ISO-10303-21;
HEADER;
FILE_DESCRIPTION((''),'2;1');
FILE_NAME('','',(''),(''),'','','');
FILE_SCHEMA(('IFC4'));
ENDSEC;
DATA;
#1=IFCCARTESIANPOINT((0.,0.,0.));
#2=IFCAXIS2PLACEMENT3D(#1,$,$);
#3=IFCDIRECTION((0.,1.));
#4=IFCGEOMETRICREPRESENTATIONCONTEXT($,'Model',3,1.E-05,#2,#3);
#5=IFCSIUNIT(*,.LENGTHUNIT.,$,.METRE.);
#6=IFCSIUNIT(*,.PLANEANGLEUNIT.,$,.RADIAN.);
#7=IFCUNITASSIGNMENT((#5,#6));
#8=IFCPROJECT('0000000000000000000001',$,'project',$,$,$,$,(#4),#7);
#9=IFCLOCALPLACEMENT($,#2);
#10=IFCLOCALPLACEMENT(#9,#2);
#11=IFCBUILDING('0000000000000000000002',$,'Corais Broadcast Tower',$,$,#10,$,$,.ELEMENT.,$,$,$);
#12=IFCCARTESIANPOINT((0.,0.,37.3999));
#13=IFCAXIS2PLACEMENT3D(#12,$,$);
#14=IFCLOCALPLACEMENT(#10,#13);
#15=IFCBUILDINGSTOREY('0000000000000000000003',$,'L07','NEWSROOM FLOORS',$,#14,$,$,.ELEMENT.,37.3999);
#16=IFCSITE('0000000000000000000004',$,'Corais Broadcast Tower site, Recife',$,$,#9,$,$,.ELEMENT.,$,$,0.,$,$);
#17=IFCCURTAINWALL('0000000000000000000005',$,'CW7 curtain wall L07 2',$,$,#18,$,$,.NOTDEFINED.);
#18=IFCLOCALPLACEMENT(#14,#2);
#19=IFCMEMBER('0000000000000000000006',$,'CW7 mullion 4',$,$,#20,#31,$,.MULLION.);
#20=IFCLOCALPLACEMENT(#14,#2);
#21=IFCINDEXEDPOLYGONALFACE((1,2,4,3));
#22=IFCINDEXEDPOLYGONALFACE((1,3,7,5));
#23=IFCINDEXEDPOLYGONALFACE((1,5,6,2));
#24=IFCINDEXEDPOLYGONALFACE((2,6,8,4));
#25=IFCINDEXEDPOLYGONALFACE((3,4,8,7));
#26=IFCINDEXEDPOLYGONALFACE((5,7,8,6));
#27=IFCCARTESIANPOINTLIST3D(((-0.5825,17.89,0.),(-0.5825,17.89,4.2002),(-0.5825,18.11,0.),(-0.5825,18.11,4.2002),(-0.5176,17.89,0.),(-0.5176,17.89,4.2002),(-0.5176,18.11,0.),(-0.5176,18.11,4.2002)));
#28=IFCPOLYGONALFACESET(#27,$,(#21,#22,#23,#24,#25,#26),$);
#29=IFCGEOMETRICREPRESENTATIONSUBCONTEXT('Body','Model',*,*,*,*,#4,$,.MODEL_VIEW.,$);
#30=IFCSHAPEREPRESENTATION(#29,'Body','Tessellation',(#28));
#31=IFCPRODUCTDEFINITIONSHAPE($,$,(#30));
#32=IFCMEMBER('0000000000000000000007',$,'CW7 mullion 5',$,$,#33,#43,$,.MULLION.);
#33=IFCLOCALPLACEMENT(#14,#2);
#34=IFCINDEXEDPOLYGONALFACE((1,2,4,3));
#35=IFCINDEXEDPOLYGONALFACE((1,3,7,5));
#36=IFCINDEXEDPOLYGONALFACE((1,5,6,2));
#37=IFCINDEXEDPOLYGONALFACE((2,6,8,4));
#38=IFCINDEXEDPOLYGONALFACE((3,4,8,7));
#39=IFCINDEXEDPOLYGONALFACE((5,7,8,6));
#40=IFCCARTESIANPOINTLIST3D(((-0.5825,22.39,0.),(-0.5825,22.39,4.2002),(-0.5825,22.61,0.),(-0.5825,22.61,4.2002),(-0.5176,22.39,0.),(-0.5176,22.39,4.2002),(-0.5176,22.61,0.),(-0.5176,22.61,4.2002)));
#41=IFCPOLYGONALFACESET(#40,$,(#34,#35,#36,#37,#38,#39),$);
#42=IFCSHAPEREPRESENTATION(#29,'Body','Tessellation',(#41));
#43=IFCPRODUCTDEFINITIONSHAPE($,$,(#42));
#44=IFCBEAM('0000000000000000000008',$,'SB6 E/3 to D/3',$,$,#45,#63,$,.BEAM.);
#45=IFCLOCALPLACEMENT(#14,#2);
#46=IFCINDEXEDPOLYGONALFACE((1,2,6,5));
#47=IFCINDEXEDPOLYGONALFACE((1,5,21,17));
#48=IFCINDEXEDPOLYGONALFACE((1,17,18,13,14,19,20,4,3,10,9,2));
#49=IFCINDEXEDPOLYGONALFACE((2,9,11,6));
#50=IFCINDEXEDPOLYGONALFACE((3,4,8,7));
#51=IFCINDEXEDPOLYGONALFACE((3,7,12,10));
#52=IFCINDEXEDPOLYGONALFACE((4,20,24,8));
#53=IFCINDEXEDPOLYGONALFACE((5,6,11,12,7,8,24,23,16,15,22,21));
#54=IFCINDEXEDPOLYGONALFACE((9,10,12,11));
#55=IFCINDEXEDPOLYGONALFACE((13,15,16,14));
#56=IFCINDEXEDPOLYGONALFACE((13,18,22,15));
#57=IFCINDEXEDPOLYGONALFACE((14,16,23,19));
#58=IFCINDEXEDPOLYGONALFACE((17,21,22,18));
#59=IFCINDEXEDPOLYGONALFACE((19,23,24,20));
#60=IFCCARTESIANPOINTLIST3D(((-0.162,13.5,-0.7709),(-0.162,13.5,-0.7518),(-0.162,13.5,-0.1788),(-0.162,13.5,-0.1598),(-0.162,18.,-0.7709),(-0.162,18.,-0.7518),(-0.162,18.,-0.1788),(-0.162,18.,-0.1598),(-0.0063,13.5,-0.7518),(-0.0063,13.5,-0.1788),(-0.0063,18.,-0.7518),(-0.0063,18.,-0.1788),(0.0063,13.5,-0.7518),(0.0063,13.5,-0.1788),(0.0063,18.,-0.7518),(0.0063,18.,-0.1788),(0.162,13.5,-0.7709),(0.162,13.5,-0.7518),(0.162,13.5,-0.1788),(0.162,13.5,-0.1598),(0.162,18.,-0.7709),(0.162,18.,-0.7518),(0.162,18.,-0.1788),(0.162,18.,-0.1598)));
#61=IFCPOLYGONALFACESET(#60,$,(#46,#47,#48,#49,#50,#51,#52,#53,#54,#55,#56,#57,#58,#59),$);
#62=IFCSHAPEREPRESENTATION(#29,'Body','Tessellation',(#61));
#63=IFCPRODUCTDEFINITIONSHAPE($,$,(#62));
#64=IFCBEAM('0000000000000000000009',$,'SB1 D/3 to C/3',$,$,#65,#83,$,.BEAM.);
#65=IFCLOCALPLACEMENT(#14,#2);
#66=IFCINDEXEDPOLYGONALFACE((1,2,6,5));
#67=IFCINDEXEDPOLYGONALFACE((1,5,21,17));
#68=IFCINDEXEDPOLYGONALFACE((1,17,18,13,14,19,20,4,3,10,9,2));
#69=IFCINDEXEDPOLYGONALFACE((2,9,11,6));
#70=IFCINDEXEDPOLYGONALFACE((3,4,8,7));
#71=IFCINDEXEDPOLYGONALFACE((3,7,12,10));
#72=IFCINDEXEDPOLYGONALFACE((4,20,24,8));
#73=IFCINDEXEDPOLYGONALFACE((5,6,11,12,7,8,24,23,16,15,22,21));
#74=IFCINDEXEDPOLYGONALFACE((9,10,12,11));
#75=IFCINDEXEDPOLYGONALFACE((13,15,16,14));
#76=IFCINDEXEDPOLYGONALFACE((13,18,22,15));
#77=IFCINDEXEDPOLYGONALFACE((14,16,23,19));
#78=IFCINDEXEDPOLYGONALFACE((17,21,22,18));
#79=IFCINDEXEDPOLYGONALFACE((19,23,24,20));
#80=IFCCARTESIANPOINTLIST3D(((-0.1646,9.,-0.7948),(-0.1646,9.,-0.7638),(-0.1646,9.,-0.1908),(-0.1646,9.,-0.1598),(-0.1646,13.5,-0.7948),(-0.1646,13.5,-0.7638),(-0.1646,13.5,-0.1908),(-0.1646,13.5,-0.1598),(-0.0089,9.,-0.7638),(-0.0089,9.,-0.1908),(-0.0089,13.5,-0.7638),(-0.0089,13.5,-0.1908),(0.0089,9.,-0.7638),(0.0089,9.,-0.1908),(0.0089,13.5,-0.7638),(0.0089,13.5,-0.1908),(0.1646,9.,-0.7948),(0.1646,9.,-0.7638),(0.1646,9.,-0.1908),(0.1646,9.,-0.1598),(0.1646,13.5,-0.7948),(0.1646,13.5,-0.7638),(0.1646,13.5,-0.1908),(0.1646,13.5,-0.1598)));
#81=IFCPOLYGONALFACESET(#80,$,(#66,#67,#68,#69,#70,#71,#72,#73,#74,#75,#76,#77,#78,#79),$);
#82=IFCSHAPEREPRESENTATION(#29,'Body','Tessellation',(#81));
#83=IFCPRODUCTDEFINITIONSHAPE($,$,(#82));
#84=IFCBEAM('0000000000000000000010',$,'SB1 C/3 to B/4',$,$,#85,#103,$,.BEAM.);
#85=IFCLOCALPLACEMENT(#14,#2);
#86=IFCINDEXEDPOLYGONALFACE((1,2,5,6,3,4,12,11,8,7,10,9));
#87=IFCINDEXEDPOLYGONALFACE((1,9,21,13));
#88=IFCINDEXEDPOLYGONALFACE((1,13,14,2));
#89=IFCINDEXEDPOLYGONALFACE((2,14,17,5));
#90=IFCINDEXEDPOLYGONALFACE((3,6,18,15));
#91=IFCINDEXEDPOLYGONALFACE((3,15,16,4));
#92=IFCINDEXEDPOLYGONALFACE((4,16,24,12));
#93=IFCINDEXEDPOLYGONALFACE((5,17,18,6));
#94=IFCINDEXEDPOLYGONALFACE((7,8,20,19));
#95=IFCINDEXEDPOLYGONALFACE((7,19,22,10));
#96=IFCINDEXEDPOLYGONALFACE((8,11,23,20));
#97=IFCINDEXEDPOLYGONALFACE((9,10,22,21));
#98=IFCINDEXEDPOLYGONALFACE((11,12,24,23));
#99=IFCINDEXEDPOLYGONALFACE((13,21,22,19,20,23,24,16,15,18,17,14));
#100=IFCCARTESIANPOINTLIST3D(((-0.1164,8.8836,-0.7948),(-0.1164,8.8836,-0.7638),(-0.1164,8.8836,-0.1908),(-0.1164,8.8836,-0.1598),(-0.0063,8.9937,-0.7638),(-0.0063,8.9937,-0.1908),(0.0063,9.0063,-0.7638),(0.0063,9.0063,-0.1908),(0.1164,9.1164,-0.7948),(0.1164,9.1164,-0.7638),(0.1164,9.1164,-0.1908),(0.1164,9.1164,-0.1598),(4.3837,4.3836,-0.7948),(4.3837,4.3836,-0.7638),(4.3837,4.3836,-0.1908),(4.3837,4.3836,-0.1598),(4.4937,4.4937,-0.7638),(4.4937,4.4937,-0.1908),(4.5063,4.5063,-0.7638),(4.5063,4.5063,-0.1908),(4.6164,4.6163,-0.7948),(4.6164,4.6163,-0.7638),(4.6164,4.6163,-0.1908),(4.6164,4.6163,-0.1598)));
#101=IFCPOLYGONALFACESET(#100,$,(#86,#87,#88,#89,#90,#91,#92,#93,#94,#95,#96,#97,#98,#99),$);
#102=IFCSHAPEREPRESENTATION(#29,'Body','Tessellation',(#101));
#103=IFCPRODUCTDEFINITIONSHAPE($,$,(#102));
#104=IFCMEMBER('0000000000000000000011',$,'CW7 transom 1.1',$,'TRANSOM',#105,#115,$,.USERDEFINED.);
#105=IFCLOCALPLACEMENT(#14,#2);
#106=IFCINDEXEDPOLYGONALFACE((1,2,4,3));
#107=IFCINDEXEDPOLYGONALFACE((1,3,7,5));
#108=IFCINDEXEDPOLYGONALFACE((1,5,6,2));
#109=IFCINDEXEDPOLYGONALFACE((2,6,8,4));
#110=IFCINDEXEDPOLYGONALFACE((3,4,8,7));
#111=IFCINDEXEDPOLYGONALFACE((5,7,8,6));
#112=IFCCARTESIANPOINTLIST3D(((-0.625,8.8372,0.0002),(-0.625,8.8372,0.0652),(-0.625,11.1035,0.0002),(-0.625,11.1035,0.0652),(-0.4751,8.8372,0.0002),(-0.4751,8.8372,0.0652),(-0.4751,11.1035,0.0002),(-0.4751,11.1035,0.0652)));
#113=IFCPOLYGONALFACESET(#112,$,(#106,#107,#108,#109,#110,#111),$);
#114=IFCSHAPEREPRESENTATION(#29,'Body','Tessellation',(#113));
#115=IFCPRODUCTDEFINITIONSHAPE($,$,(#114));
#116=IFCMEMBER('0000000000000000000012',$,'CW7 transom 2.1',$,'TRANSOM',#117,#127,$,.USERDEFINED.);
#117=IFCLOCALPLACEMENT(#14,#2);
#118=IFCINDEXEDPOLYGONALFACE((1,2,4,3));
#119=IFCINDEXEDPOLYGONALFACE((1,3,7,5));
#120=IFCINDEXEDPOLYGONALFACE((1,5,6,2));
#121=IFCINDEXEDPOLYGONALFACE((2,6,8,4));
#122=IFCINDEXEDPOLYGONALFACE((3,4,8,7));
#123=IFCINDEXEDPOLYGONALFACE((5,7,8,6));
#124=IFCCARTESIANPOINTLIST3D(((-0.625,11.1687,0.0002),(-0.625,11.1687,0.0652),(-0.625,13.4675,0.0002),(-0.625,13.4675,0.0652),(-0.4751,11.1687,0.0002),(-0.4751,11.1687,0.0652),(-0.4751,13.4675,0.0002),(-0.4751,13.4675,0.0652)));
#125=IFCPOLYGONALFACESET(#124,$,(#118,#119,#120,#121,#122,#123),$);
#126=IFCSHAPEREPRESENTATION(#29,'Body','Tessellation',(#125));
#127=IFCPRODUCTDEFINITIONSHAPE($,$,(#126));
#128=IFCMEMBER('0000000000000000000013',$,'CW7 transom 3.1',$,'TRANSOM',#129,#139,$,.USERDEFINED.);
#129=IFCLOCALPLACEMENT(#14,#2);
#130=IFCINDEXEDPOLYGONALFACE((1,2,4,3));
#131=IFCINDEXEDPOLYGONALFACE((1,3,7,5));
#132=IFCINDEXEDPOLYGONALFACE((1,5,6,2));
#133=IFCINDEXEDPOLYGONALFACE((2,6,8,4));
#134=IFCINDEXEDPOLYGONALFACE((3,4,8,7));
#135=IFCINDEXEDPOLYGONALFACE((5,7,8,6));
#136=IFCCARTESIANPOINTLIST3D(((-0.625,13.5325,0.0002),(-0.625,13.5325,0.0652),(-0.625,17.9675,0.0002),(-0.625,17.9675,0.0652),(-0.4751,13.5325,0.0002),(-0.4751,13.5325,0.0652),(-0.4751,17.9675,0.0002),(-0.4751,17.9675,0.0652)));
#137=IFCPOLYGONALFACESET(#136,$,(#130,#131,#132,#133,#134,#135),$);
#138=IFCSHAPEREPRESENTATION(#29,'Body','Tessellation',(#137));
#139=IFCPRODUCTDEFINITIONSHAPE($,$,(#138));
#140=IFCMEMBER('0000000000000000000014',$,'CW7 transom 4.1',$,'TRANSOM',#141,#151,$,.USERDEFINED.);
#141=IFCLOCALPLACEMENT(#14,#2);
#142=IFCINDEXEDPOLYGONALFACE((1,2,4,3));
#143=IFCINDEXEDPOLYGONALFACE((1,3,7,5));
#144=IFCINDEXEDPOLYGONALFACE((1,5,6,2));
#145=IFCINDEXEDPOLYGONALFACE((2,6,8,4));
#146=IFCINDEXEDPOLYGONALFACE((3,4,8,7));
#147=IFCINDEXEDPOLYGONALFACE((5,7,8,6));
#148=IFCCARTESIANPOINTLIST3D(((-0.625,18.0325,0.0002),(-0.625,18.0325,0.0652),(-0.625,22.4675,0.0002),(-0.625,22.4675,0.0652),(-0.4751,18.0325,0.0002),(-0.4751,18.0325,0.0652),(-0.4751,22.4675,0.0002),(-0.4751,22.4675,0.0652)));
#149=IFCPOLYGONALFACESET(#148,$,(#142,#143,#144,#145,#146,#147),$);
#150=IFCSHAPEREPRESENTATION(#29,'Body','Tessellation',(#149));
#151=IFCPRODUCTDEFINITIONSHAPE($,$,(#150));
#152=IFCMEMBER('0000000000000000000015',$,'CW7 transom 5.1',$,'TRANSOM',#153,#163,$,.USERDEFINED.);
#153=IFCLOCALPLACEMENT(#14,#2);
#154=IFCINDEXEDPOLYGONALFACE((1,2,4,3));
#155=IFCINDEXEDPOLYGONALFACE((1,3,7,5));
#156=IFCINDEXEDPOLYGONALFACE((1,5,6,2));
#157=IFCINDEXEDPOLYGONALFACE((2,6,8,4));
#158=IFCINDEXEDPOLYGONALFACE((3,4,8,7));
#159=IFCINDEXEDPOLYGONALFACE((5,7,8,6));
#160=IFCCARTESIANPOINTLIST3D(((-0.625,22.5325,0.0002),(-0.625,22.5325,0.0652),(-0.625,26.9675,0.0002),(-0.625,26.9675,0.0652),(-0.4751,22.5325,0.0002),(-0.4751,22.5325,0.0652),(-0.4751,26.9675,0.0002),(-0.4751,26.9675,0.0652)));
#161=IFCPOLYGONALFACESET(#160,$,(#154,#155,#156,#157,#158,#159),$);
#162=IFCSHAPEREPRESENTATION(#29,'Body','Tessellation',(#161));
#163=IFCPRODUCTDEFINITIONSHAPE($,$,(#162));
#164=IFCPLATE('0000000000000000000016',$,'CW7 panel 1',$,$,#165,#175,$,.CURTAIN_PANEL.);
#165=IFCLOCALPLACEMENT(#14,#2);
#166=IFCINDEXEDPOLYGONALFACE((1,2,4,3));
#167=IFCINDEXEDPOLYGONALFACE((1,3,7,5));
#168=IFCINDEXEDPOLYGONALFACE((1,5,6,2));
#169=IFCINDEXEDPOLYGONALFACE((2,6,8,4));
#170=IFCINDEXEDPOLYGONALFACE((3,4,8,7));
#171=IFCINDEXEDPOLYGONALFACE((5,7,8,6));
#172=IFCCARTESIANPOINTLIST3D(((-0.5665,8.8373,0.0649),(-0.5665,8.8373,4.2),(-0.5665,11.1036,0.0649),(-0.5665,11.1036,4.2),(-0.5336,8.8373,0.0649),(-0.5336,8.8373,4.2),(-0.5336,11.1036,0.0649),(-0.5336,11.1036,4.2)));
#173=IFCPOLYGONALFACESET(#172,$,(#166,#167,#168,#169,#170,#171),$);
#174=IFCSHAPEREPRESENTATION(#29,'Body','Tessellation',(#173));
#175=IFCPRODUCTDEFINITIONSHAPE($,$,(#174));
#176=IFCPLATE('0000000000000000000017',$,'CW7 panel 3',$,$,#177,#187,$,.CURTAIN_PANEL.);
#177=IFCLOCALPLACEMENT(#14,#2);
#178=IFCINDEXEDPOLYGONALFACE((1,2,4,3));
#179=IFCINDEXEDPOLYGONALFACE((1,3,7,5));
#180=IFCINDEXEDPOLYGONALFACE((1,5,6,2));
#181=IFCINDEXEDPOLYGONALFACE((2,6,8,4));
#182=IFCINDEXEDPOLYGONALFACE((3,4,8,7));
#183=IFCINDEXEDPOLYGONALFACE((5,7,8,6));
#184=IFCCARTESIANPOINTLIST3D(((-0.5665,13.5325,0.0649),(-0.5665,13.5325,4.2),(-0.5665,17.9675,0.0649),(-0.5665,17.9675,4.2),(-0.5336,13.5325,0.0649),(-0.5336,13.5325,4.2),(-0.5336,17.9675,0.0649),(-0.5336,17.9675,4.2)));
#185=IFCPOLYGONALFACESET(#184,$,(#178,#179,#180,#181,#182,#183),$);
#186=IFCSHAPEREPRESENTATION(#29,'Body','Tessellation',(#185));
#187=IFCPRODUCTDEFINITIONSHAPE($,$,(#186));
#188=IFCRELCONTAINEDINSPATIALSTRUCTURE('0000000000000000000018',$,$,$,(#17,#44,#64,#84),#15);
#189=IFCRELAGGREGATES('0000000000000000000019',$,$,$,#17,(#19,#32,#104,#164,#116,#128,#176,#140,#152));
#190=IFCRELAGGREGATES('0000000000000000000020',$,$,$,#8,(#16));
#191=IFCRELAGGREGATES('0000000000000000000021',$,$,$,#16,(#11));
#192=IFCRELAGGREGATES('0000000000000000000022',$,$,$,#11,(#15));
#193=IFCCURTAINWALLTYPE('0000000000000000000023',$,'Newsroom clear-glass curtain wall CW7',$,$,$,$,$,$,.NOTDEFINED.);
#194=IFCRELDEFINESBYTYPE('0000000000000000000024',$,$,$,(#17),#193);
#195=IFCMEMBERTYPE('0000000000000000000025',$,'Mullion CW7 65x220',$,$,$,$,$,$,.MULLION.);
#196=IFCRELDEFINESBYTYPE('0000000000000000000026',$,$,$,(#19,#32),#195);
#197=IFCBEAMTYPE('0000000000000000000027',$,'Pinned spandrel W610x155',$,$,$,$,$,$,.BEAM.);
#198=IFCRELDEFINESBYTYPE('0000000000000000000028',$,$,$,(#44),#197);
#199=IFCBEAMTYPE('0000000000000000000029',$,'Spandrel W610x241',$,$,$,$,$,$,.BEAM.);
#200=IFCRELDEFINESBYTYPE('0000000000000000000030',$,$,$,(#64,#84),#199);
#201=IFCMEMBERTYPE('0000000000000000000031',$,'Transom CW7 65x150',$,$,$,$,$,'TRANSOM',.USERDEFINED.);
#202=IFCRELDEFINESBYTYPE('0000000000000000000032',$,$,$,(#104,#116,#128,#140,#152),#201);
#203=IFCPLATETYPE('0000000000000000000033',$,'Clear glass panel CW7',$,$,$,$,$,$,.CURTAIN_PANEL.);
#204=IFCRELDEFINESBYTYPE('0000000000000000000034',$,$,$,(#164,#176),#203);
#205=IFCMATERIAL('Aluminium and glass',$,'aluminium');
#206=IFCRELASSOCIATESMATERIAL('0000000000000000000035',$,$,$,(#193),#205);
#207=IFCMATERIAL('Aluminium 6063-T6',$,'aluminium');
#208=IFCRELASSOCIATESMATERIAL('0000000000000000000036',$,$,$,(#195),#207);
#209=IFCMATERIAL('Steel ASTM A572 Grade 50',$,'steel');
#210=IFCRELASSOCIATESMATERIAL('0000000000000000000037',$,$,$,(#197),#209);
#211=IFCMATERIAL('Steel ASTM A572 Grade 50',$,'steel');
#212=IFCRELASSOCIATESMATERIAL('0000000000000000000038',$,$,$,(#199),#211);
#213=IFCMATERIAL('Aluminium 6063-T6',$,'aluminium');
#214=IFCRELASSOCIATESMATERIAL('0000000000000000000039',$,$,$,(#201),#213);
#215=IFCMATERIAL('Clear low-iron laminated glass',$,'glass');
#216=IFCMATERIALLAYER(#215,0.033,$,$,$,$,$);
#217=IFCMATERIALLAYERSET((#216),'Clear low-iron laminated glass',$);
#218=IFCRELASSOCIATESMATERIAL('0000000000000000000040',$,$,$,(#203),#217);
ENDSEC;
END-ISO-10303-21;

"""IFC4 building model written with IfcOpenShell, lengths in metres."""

from ifc_helpers import new_model, si_unit, direction, frame, origin, origin_2d, place, context, subcontext, project, spatial, rectangle, i_section, extrude, material, layer, layer_set, material_profile, profile_set, type_object, element, aggregate, save


model = new_model("IFC4")

# Units and contexts
model_context = context("Model", 3, precision=1e-05, world=origin(), true_north=direction((0.0, 1.0)))
body_context = subcontext(model_context, "Body", "Model", "MODEL_VIEW")
ifc_project = project(units=[si_unit("LENGTHUNIT", "METRE"), si_unit("PLANEANGLEUNIT", "RADIAN")], contexts=[model_context])

# Site, building, storey
site_placement = place(None, origin())
site = spatial("IfcSite", under=ifc_project, at=site_placement, Name="Corais Broadcast Tower site, Recife", CompositionType="ELEMENT", RefElevation=0.0)
building_placement = place(site_placement, origin())
building = spatial("IfcBuilding", under=site, at=building_placement, Name="Corais Broadcast Tower", CompositionType="ELEMENT")
storey_placement = place(building_placement, frame((0.0, 0.0, 37.3999)))
storey = spatial("IfcBuildingStorey", under=building, at=storey_placement, Name="L07", Description="NEWSROOM FLOORS", CompositionType="ELEMENT", Elevation=37.3999)

# Shared definitions
ifc_material_1 = material(Name="Aluminium and glass", Category="aluminium")
curtain_wall_type = type_object("IfcCurtainWallType", Name="Newsroom clear-glass curtain wall CW7", PredefinedType="NOTDEFINED", material=ifc_material_1)
ifc_material_2 = material(Name="Aluminium 6063-T6", Category="aluminium")
ifc_material_profile_1 = material_profile(ifc_material_2, rectangle(XDim=0.0649, YDim=0.22, at=origin_2d()), Name="Mullion CW7 65x220")
ifc_profile_set_1 = profile_set([ifc_material_profile_1], Name="Aluminium 6063-T6")
member_type_1 = type_object("IfcMemberType", Name="Mullion CW7 65x220", PredefinedType="MULLION", material=ifc_profile_set_1)

# Curtain wall, members
curtain_wall_1_placement = place(storey_placement, origin())
curtain_wall_1 = element("IfcCurtainWall", 1, at=curtain_wall_1_placement, inside=storey, type_object=curtain_wall_type, Name="CW7 curtain wall L07 2", PredefinedType="NOTDEFINED")
member_1_placement = place(storey_placement, frame((-0.55, 18.0, 0.0), z_axis=(0.0, 0.0, 1.0), x_axis=(-1.0, 0.0, 0.0)))
member_1 = element("IfcMember", 2, at=member_1_placement, type_object=member_type_1, Name="CW7 mullion 4", PredefinedType="MULLION", context=body_context, shape_type="SweptSolid", body=[
    extrude(rectangle(XDim=0.0649, YDim=0.22, at=origin_2d()), origin(), (0.0, 0.0, 1.0), 4.2002),
])
member_2_placement = place(storey_placement, frame((-0.55, 22.5, 0.0), z_axis=(0.0, 0.0, 1.0), x_axis=(-1.0, 0.0, 0.0)))
member_2 = element("IfcMember", 3, at=member_2_placement, type_object=member_type_1, Name="CW7 mullion 5", PredefinedType="MULLION", context=body_context, shape_type="SweptSolid", body=[
    extrude(rectangle(XDim=0.0649, YDim=0.22, at=origin_2d()), origin(), (0.0, 0.0, 1.0), 4.2002),
])

# Beams
ifc_material_3 = material(Name="Steel ASTM A572 Grade 50", Category="steel")
ifc_material_profile_2 = material_profile(ifc_material_3, i_section(OverallWidth=0.324, OverallDepth=0.6111, WebThickness=0.0127, FlangeThickness=0.019, at=origin_2d()), Name="W610x155")
ifc_profile_set_2 = profile_set([ifc_material_profile_2], Name="Steel ASTM A572 Grade 50")
beam_type_1 = type_object("IfcBeamType", Name="Pinned spandrel W610x155", PredefinedType="BEAM", material=ifc_profile_set_2)
beam_1_placement = place(storey_placement, frame((0.0, 18.0, -0.4653), z_axis=(0.0, -1.0, 0.0), x_axis=(1.0, 0.0, 0.0)))
element("IfcBeam", 4, at=beam_1_placement, inside=storey, type_object=beam_type_1, Name="SB6 E/3 to D/3", PredefinedType="BEAM", context=body_context, shape_type="SweptSolid", body=[
    extrude(i_section(OverallWidth=0.324, OverallDepth=0.6111, WebThickness=0.0127, FlangeThickness=0.019, at=origin_2d()), origin(), (0.0, 0.0, 1.0), 4.5),
])
ifc_material_4 = material(Name="Steel ASTM A572 Grade 50", Category="steel")
ifc_material_profile_3 = material_profile(ifc_material_4, i_section(OverallWidth=0.3291, OverallDepth=0.635, WebThickness=0.0178, FlangeThickness=0.031, at=origin_2d()), Name="W610x241")
ifc_profile_set_3 = profile_set([ifc_material_profile_3], Name="Steel ASTM A572 Grade 50")
beam_type_2 = type_object("IfcBeamType", Name="Spandrel W610x241", PredefinedType="BEAM", material=ifc_profile_set_3)
beam_2_placement = place(storey_placement, frame((0.0, 13.5, -0.4773), z_axis=(0.0, -1.0, 0.0), x_axis=(1.0, 0.0, 0.0)))
element("IfcBeam", 5, at=beam_2_placement, inside=storey, type_object=beam_type_2, Name="SB1 D/3 to C/3", PredefinedType="BEAM", context=body_context, shape_type="SweptSolid", body=[
    extrude(i_section(OverallWidth=0.3291, OverallDepth=0.635, WebThickness=0.0178, FlangeThickness=0.031, at=origin_2d()), origin(), (0.0, 0.0, 1.0), 4.5),
])
beam_3_placement = place(storey_placement, frame((0.0, 9.0, -0.4773), z_axis=(0.707107, -0.707107, 0.0), x_axis=(0.707107, 0.707107, 0.0)))
element("IfcBeam", 6, at=beam_3_placement, inside=storey, type_object=beam_type_2, Name="SB1 C/3 to B/4", PredefinedType="BEAM", context=body_context, shape_type="SweptSolid", body=[
    extrude(i_section(OverallWidth=0.3291, OverallDepth=0.635, WebThickness=0.0178, FlangeThickness=0.031, at=origin_2d()), origin(), (0.0, 0.0, 1.0), 6.364),
])

# Members
ifc_material_5 = material(Name="Aluminium 6063-T6", Category="aluminium")
ifc_material_profile_4 = material_profile(ifc_material_5, rectangle(XDim=0.1499, YDim=0.0649, at=origin_2d()), Name="Transom CW7 65x150")
ifc_profile_set_4 = profile_set([ifc_material_profile_4], Name="Aluminium 6063-T6")
member_type_2 = type_object("IfcMemberType", Name="Transom CW7 65x150", ElementType="TRANSOM", PredefinedType="USERDEFINED", material=ifc_profile_set_4)
member_3_placement = place(storey_placement, frame((-0.55, 8.8372, 0.0327), z_axis=(0.0, 1.0, 0.0), x_axis=(-1.0, 0.0, 0.0)))
member_3 = element("IfcMember", 7, at=member_3_placement, type_object=member_type_2, Name="CW7 transom 1.1", ObjectType="TRANSOM", PredefinedType="USERDEFINED", context=body_context, shape_type="SweptSolid", body=[
    extrude(rectangle(XDim=0.1499, YDim=0.0649, at=origin_2d()), origin(), (0.0, 0.0, 1.0), 2.2664),
])
member_4_placement = place(storey_placement, frame((-0.55, 11.1687, 0.0327), z_axis=(0.0, 1.0, 0.0), x_axis=(-1.0, 0.0, 0.0)))
member_4 = element("IfcMember", 8, at=member_4_placement, type_object=member_type_2, Name="CW7 transom 2.1", ObjectType="TRANSOM", PredefinedType="USERDEFINED", context=body_context, shape_type="SweptSolid", body=[
    extrude(rectangle(XDim=0.1499, YDim=0.0649, at=origin_2d()), origin(), (0.0, 0.0, 1.0), 2.2988),
])
member_5_placement = place(storey_placement, frame((-0.55, 13.5325, 0.0327), z_axis=(0.0, 1.0, 0.0), x_axis=(-1.0, 0.0, 0.0)))
member_5 = element("IfcMember", 9, at=member_5_placement, type_object=member_type_2, Name="CW7 transom 3.1", ObjectType="TRANSOM", PredefinedType="USERDEFINED", context=body_context, shape_type="SweptSolid", body=[
    extrude(rectangle(XDim=0.1499, YDim=0.0649, at=origin_2d()), origin(), (0.0, 0.0, 1.0), 4.4351),
])
member_6_placement = place(storey_placement, frame((-0.55, 18.0325, 0.0327), z_axis=(0.0, 1.0, 0.0), x_axis=(-1.0, 0.0, 0.0)))
member_6 = element("IfcMember", 10, at=member_6_placement, type_object=member_type_2, Name="CW7 transom 4.1", ObjectType="TRANSOM", PredefinedType="USERDEFINED", context=body_context, shape_type="SweptSolid", body=[
    extrude(rectangle(XDim=0.1499, YDim=0.0649, at=origin_2d()), origin(), (0.0, 0.0, 1.0), 4.4351),
])
member_7_placement = place(storey_placement, frame((-0.55, 22.5325, 0.0327), z_axis=(0.0, 1.0, 0.0), x_axis=(-1.0, 0.0, 0.0)))
member_7 = element("IfcMember", 11, at=member_7_placement, type_object=member_type_2, Name="CW7 transom 5.1", ObjectType="TRANSOM", PredefinedType="USERDEFINED", context=body_context, shape_type="SweptSolid", body=[
    extrude(rectangle(XDim=0.1499, YDim=0.0649, at=origin_2d()), origin(), (0.0, 0.0, 1.0), 4.4351),
])

# Plates
ifc_material_6 = material(Name="Clear low-iron laminated glass", Category="glass")
ifc_layer_1 = layer(ifc_material_6, 0.033)
ifc_layer_set_1 = layer_set([ifc_layer_1], Name="Clear low-iron laminated glass")
plate_type_1 = type_object("IfcPlateType", Name="Clear glass panel CW7", PredefinedType="CURTAIN_PANEL", material=ifc_layer_set_1)
plate_1_placement = place(storey_placement, frame((-0.55, 9.9705, 0.0649), z_axis=(0.0, 0.0, 1.0), x_axis=(0.0, 1.0, 0.0)))
plate_1 = element("IfcPlate", 12, at=plate_1_placement, type_object=plate_type_1, Name="CW7 panel 1", PredefinedType="CURTAIN_PANEL", context=body_context, shape_type="SweptSolid", body=[
    extrude(rectangle(XDim=2.2664, YDim=0.033, at=origin_2d()), origin(), (0.0, 0.0, 1.0), 4.135),
])
plate_2_placement = place(storey_placement, frame((-0.55, 15.75, 0.0649), z_axis=(0.0, 0.0, 1.0), x_axis=(0.0, 1.0, 0.0)))
plate_2 = element("IfcPlate", 13, at=plate_2_placement, type_object=plate_type_1, Name="CW7 panel 3", PredefinedType="CURTAIN_PANEL", context=body_context, shape_type="SweptSolid", body=[
    extrude(rectangle(XDim=4.4351, YDim=0.033, at=origin_2d()), origin(), (0.0, 0.0, 1.0), 4.135),
])
aggregate(curtain_wall_1, [member_1, member_2, member_3, plate_1, member_4, member_5, plate_2, member_6, member_7])

save(model, "model.ifc")
